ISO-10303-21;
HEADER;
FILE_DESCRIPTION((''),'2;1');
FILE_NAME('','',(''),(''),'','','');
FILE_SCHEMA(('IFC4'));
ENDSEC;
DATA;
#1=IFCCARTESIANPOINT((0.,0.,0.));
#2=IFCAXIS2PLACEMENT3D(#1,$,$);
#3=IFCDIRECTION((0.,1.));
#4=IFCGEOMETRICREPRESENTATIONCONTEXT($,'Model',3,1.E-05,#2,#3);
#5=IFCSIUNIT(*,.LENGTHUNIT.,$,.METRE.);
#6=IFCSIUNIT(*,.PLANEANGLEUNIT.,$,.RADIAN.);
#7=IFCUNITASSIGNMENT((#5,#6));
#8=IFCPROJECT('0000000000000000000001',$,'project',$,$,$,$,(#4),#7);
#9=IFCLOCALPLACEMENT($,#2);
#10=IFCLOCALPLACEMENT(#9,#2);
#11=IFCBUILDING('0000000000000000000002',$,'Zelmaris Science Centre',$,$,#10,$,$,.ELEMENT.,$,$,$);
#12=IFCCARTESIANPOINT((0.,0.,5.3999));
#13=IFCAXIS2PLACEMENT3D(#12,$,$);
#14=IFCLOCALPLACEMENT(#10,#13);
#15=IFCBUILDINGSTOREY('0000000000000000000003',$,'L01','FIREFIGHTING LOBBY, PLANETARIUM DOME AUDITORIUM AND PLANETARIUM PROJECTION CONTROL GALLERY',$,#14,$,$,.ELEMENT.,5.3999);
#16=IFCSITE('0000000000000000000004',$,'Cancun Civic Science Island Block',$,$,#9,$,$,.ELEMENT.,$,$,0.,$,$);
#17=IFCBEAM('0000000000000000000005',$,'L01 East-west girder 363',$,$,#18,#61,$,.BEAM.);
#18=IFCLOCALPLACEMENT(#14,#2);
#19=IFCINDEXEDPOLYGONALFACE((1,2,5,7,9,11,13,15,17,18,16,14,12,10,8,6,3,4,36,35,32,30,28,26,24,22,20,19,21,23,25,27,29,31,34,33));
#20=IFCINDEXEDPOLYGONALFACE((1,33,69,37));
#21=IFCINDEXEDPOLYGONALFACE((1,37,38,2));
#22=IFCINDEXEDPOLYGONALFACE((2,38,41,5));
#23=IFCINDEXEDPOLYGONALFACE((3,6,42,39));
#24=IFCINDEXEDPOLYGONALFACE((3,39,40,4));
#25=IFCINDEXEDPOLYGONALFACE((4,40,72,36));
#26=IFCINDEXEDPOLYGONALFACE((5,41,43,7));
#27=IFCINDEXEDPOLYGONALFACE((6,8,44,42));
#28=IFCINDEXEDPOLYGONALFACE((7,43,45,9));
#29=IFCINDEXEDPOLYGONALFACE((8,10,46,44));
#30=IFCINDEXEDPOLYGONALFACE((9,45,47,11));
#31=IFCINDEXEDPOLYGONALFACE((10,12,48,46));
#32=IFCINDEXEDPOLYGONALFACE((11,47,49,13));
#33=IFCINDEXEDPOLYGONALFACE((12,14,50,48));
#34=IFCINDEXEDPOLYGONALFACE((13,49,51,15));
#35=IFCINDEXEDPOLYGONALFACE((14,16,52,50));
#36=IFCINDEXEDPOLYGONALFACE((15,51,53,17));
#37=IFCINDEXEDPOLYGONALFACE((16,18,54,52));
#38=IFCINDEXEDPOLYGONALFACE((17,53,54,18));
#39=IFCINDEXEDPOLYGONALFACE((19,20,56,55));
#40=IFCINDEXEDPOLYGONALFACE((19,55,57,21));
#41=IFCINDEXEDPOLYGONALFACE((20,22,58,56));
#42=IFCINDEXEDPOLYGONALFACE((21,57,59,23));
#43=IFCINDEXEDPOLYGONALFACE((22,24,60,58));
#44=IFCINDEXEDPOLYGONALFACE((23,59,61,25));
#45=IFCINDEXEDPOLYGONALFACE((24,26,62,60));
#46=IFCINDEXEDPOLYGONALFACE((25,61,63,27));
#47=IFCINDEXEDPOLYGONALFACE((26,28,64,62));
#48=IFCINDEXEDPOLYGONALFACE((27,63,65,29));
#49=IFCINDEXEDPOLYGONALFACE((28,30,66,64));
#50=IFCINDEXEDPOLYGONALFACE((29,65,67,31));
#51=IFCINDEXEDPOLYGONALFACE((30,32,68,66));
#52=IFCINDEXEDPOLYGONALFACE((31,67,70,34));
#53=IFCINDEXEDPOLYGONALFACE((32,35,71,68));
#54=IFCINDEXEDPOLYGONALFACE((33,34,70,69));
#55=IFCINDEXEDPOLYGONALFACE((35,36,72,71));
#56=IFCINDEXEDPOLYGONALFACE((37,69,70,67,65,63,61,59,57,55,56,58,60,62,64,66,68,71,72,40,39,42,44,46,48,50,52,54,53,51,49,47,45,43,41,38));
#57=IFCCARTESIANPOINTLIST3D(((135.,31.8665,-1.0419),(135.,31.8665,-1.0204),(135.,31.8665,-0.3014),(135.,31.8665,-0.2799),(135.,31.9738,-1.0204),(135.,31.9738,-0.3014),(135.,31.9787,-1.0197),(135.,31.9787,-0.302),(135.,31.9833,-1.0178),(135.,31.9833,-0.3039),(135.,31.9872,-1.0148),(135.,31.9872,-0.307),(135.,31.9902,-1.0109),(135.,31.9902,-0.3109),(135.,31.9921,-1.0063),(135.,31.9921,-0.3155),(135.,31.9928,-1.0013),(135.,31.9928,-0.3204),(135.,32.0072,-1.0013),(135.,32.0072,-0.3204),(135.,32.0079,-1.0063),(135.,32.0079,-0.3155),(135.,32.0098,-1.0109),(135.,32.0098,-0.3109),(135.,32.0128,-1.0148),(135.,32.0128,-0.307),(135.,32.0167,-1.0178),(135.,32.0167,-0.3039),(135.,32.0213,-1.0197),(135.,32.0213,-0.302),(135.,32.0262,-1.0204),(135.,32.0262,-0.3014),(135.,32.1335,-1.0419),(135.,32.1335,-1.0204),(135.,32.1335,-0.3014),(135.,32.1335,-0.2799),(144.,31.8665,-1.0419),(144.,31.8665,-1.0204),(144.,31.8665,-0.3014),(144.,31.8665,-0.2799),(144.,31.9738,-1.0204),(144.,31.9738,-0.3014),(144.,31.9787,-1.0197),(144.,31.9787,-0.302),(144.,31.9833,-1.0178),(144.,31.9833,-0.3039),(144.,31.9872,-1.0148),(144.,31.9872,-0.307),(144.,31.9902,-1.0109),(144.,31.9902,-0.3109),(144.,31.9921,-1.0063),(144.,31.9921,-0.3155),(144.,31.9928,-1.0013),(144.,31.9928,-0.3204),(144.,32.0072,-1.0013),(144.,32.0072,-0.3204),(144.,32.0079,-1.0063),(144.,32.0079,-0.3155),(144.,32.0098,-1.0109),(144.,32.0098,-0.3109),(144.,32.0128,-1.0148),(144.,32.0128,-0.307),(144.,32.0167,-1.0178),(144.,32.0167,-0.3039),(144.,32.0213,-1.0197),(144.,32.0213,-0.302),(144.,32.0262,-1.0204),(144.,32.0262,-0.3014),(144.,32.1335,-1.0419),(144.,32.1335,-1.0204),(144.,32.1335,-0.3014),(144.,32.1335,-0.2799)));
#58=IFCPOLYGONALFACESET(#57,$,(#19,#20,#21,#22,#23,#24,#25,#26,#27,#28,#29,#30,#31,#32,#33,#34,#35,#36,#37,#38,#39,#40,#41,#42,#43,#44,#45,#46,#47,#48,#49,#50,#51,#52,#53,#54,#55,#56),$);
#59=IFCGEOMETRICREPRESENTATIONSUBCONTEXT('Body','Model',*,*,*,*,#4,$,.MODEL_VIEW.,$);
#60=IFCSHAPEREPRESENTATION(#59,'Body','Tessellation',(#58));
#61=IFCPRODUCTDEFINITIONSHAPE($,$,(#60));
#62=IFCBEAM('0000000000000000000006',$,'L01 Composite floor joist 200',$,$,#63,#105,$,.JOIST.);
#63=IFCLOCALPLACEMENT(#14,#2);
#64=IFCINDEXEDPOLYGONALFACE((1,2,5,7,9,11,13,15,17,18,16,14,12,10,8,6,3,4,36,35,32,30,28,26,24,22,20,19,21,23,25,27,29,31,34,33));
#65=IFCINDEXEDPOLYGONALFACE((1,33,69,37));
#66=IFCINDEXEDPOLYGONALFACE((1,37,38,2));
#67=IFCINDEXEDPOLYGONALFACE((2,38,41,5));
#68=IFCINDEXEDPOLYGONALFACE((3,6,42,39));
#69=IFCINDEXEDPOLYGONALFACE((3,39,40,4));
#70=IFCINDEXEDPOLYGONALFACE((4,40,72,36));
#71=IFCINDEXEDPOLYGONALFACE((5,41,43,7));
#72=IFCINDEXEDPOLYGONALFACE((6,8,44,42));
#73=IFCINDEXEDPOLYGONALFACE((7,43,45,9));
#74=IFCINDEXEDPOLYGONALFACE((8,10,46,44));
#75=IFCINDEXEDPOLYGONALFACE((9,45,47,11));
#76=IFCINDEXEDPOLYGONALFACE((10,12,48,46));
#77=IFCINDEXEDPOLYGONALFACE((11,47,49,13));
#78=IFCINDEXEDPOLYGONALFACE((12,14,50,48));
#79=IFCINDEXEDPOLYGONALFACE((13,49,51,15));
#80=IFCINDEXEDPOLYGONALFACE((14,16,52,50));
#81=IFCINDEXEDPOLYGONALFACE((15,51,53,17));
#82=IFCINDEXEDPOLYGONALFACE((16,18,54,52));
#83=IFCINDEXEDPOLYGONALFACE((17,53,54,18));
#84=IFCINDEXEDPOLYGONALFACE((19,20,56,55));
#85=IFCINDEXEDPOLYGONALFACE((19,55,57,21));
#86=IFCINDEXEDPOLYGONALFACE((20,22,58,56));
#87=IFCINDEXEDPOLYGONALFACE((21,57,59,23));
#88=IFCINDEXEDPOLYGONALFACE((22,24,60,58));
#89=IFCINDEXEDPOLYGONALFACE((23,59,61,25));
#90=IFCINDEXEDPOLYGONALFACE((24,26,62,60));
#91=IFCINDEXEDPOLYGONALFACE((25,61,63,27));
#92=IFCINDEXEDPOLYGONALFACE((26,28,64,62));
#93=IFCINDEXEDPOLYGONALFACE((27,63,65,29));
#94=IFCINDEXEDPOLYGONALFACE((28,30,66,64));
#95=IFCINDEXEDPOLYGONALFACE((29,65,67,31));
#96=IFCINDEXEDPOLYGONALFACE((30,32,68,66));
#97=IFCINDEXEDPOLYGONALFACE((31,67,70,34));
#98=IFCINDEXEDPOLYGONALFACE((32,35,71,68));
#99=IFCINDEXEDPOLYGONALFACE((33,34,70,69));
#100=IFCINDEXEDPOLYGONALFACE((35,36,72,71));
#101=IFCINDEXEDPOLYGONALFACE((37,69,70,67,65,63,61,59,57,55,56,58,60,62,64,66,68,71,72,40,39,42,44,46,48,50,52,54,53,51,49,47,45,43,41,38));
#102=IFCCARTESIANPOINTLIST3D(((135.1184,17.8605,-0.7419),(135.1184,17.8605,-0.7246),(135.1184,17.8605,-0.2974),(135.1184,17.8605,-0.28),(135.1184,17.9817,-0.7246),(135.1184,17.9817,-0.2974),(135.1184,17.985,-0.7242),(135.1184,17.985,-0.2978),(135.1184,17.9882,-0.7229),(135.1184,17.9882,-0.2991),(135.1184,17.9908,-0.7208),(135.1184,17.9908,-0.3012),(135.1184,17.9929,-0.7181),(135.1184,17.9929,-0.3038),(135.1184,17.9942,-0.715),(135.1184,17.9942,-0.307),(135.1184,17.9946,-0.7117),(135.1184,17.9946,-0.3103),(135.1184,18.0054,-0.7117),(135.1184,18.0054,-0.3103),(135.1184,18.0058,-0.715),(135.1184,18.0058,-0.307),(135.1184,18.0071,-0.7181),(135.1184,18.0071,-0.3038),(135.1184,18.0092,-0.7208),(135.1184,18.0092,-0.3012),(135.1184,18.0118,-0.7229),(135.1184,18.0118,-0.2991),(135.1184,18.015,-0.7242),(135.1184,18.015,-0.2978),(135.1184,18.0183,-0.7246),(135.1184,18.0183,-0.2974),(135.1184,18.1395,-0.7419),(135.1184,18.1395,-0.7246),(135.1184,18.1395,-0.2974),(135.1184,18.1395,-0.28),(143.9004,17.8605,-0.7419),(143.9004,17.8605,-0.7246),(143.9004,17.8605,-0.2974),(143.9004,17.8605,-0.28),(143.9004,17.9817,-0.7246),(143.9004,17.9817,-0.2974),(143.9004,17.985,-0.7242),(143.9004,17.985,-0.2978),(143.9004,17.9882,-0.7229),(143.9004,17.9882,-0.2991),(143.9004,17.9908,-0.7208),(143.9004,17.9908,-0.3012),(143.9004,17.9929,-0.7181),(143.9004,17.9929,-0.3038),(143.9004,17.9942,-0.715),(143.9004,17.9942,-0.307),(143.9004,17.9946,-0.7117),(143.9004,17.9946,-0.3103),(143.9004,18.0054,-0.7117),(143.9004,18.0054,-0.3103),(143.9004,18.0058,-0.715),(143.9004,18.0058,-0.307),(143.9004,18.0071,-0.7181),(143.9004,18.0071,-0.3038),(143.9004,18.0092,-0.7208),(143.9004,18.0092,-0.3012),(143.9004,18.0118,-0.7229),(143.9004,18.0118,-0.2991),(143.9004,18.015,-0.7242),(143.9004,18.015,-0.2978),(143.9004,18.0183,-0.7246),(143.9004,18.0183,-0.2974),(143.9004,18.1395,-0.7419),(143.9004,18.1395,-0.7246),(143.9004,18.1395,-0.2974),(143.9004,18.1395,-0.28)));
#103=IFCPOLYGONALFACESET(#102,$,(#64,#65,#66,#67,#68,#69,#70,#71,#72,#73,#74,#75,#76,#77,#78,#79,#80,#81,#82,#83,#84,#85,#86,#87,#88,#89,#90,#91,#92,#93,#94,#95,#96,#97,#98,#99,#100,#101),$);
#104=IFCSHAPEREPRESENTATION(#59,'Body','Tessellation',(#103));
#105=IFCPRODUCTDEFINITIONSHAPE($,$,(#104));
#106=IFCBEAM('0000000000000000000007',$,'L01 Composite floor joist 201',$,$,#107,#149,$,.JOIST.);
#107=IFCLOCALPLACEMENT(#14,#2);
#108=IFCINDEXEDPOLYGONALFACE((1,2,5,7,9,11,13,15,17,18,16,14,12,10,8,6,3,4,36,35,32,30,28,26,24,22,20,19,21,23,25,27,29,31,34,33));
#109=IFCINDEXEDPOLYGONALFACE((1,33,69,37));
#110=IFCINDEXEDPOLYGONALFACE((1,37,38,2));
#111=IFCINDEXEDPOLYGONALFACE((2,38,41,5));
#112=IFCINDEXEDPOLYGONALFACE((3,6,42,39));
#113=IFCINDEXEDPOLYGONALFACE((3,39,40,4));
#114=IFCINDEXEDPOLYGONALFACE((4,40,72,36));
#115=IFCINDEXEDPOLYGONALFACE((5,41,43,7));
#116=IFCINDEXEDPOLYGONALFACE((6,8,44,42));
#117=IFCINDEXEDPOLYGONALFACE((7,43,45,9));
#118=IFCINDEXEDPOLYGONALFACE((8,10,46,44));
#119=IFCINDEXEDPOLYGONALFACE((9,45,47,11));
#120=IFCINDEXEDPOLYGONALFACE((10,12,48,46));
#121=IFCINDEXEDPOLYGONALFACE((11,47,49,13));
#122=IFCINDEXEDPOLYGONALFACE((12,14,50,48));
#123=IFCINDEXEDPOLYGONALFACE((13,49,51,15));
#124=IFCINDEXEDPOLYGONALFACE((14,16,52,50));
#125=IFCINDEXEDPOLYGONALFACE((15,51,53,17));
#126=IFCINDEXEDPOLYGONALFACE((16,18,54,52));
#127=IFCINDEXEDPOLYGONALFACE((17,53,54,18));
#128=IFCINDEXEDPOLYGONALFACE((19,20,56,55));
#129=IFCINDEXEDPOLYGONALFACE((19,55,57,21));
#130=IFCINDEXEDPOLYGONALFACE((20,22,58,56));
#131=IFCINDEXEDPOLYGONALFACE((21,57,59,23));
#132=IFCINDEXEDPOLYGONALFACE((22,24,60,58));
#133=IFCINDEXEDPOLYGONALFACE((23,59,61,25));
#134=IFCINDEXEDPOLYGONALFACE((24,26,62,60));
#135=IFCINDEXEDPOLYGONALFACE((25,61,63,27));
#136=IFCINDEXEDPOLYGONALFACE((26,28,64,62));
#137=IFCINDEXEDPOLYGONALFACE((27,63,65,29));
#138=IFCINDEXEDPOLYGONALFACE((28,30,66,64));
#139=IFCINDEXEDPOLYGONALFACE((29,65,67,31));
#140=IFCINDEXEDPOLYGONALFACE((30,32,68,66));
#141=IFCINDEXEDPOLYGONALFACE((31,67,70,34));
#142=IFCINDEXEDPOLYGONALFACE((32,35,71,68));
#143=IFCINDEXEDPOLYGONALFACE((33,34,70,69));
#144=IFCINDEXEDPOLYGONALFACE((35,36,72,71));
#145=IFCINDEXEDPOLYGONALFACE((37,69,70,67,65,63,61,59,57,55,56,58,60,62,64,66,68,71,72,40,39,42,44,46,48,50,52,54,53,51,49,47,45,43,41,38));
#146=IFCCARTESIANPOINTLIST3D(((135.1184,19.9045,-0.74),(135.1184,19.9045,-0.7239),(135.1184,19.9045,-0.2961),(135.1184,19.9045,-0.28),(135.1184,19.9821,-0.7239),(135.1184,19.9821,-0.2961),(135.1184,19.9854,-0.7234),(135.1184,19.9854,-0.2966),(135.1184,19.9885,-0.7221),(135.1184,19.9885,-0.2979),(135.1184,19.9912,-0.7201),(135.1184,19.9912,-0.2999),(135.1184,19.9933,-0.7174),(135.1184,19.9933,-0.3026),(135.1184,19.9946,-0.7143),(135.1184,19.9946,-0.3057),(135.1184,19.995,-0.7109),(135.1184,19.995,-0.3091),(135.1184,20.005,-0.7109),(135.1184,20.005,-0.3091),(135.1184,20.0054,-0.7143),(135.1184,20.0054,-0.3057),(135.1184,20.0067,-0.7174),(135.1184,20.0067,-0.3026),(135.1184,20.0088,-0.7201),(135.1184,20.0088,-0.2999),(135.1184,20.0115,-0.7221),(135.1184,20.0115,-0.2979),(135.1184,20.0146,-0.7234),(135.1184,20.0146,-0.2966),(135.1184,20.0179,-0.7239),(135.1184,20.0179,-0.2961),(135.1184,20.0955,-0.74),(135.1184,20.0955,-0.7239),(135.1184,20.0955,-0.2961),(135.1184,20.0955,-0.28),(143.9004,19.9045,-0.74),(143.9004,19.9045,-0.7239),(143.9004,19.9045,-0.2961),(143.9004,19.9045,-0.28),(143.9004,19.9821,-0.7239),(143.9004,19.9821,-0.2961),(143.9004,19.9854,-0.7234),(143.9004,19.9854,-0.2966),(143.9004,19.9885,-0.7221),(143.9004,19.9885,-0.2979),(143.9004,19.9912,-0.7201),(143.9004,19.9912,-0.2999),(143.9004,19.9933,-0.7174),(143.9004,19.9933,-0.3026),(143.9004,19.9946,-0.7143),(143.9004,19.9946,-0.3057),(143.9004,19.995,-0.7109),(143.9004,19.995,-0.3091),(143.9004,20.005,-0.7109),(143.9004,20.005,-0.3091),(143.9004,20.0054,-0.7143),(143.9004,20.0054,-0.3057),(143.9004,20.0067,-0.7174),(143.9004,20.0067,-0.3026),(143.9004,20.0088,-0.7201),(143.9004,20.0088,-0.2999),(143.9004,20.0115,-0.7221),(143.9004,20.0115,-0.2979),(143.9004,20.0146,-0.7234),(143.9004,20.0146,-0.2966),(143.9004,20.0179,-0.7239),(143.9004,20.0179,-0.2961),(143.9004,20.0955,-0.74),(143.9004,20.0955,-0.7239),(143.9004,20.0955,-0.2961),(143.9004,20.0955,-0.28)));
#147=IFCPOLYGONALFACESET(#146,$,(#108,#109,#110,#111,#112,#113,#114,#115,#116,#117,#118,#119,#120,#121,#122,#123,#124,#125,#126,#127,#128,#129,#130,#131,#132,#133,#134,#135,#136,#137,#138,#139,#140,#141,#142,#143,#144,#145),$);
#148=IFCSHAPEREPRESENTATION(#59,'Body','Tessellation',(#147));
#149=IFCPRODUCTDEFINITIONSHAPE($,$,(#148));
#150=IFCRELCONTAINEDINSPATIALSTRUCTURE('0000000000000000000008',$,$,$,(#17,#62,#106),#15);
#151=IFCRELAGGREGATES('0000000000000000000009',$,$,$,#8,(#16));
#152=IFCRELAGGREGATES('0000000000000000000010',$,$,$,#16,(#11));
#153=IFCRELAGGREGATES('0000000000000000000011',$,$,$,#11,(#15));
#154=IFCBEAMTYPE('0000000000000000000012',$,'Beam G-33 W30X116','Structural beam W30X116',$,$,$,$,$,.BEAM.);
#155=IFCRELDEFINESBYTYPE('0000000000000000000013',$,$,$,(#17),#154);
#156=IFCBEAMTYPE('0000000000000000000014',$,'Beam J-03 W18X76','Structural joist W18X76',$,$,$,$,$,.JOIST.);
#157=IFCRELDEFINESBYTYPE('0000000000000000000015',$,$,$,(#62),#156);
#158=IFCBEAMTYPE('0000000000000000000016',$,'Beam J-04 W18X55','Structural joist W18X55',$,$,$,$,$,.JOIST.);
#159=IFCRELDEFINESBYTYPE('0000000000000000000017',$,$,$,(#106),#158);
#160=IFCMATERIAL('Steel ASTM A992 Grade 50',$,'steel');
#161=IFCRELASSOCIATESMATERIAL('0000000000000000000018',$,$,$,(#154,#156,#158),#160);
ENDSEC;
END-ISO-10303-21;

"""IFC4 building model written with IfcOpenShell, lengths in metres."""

from ifc_helpers import new_model, si_unit, direction, frame, origin, origin_2d, place, context, subcontext, project, spatial, i_section, extrude, material, material_profile, profile_set, type_object, element, save


model = new_model("IFC4")

# Units and contexts
model_context = context("Model", 3, precision=1e-05, world=origin(), true_north=direction((0.0, 1.0)))
body_context = subcontext(model_context, "Body", "Model", "MODEL_VIEW")
ifc_project = project(units=[si_unit("LENGTHUNIT", "METRE"), si_unit("PLANEANGLEUNIT", "RADIAN")], contexts=[model_context])

# Site, building, storey
site_placement = place(None, origin())
site = spatial("IfcSite", under=ifc_project, at=site_placement, Name="Cancun Civic Science Island Block", CompositionType="ELEMENT", RefElevation=0.0)
building_placement = place(site_placement, origin())
building = spatial("IfcBuilding", under=site, at=building_placement, Name="Zelmaris Science Centre", CompositionType="ELEMENT")
storey_placement = place(building_placement, frame((0.0, 0.0, 5.3999)))
storey = spatial("IfcBuildingStorey", under=building, at=storey_placement, Name="L01", Description="FIREFIGHTING LOBBY, PLANETARIUM DOME AUDITORIUM AND PLANETARIUM PROJECTION CONTROL GALLERY", CompositionType="ELEMENT", Elevation=5.3999)

# Shared definitions
ifc_material_1 = material(Name="Steel ASTM A992 Grade 50", Category="steel")

# Beams
ifc_material_profile_1 = material_profile(ifc_material_1, i_section(OverallWidth=0.2671, OverallDepth=0.762, WebThickness=0.0144, FlangeThickness=0.0215, FilletRadius=0.019, at=origin_2d()), Name="W30X116")
ifc_profile_set_1 = profile_set([ifc_material_profile_1], Name="Steel ASTM A992 Grade 50")
beam_type_1 = type_object("IfcBeamType", Name="Beam G-33 W30X116", Description="Structural beam W30X116", PredefinedType="BEAM", material=ifc_profile_set_1)
beam_1_placement = place(storey_placement, frame((135.0, 32.0, -0.6609), z_axis=(1.0, 0.0, 0.0), x_axis=(0.0, 1.0, 0.0)))
element("IfcBeam", 1, at=beam_1_placement, inside=storey, type_object=beam_type_1, Name="L01 East-west girder 363", PredefinedType="BEAM", context=body_context, shape_type="SweptSolid", body=[
    extrude(i_section(OverallWidth=0.2671, OverallDepth=0.762, WebThickness=0.0144, FlangeThickness=0.0215, FilletRadius=0.019, at=origin_2d()), origin(), (0.0, 0.0, 1.0), 9.0),
])
ifc_material_profile_2 = material_profile(ifc_material_1, i_section(OverallWidth=0.2791, OverallDepth=0.4619, WebThickness=0.0107, FlangeThickness=0.0173, FilletRadius=0.0129, at=origin_2d()), Name="W18X76")
ifc_profile_set_2 = profile_set([ifc_material_profile_2], Name="Steel ASTM A992 Grade 50")
beam_type_2 = type_object("IfcBeamType", Name="Beam J-03 W18X76", Description="Structural joist W18X76", PredefinedType="JOIST", material=ifc_profile_set_2)
beam_2_placement = place(storey_placement, frame((135.1184, 18.0, -0.511), z_axis=(1.0, 0.0, 0.0), x_axis=(0.0, 1.0, 0.0)))
element("IfcBeam", 2, at=beam_2_placement, inside=storey, type_object=beam_type_2, Name="L01 Composite floor joist 200", PredefinedType="JOIST", context=body_context, shape_type="SweptSolid", body=[
    extrude(i_section(OverallWidth=0.2791, OverallDepth=0.4619, WebThickness=0.0107, FlangeThickness=0.0173, FilletRadius=0.0129, at=origin_2d()), origin(), (0.0, 0.0, 1.0), 8.782),
])
ifc_material_profile_3 = material_profile(ifc_material_1, i_section(OverallWidth=0.1909, OverallDepth=0.46, WebThickness=0.01, FlangeThickness=0.0161, FilletRadius=0.0129, at=origin_2d()), Name="W18X55")
ifc_profile_set_3 = profile_set([ifc_material_profile_3], Name="Steel ASTM A992 Grade 50")
beam_type_3 = type_object("IfcBeamType", Name="Beam J-04 W18X55", Description="Structural joist W18X55", PredefinedType="JOIST", material=ifc_profile_set_3)
beam_3_placement = place(storey_placement, frame((135.1184, 20.0, -0.51), z_axis=(1.0, 0.0, 0.0), x_axis=(0.0, 1.0, 0.0)))
element("IfcBeam", 3, at=beam_3_placement, inside=storey, type_object=beam_type_3, Name="L01 Composite floor joist 201", PredefinedType="JOIST", context=body_context, shape_type="SweptSolid", body=[
    extrude(i_section(OverallWidth=0.1909, OverallDepth=0.46, WebThickness=0.01, FlangeThickness=0.0161, FilletRadius=0.0129, at=origin_2d()), origin(), (0.0, 0.0, 1.0), 8.782),
])

save(model, "model.ifc")
